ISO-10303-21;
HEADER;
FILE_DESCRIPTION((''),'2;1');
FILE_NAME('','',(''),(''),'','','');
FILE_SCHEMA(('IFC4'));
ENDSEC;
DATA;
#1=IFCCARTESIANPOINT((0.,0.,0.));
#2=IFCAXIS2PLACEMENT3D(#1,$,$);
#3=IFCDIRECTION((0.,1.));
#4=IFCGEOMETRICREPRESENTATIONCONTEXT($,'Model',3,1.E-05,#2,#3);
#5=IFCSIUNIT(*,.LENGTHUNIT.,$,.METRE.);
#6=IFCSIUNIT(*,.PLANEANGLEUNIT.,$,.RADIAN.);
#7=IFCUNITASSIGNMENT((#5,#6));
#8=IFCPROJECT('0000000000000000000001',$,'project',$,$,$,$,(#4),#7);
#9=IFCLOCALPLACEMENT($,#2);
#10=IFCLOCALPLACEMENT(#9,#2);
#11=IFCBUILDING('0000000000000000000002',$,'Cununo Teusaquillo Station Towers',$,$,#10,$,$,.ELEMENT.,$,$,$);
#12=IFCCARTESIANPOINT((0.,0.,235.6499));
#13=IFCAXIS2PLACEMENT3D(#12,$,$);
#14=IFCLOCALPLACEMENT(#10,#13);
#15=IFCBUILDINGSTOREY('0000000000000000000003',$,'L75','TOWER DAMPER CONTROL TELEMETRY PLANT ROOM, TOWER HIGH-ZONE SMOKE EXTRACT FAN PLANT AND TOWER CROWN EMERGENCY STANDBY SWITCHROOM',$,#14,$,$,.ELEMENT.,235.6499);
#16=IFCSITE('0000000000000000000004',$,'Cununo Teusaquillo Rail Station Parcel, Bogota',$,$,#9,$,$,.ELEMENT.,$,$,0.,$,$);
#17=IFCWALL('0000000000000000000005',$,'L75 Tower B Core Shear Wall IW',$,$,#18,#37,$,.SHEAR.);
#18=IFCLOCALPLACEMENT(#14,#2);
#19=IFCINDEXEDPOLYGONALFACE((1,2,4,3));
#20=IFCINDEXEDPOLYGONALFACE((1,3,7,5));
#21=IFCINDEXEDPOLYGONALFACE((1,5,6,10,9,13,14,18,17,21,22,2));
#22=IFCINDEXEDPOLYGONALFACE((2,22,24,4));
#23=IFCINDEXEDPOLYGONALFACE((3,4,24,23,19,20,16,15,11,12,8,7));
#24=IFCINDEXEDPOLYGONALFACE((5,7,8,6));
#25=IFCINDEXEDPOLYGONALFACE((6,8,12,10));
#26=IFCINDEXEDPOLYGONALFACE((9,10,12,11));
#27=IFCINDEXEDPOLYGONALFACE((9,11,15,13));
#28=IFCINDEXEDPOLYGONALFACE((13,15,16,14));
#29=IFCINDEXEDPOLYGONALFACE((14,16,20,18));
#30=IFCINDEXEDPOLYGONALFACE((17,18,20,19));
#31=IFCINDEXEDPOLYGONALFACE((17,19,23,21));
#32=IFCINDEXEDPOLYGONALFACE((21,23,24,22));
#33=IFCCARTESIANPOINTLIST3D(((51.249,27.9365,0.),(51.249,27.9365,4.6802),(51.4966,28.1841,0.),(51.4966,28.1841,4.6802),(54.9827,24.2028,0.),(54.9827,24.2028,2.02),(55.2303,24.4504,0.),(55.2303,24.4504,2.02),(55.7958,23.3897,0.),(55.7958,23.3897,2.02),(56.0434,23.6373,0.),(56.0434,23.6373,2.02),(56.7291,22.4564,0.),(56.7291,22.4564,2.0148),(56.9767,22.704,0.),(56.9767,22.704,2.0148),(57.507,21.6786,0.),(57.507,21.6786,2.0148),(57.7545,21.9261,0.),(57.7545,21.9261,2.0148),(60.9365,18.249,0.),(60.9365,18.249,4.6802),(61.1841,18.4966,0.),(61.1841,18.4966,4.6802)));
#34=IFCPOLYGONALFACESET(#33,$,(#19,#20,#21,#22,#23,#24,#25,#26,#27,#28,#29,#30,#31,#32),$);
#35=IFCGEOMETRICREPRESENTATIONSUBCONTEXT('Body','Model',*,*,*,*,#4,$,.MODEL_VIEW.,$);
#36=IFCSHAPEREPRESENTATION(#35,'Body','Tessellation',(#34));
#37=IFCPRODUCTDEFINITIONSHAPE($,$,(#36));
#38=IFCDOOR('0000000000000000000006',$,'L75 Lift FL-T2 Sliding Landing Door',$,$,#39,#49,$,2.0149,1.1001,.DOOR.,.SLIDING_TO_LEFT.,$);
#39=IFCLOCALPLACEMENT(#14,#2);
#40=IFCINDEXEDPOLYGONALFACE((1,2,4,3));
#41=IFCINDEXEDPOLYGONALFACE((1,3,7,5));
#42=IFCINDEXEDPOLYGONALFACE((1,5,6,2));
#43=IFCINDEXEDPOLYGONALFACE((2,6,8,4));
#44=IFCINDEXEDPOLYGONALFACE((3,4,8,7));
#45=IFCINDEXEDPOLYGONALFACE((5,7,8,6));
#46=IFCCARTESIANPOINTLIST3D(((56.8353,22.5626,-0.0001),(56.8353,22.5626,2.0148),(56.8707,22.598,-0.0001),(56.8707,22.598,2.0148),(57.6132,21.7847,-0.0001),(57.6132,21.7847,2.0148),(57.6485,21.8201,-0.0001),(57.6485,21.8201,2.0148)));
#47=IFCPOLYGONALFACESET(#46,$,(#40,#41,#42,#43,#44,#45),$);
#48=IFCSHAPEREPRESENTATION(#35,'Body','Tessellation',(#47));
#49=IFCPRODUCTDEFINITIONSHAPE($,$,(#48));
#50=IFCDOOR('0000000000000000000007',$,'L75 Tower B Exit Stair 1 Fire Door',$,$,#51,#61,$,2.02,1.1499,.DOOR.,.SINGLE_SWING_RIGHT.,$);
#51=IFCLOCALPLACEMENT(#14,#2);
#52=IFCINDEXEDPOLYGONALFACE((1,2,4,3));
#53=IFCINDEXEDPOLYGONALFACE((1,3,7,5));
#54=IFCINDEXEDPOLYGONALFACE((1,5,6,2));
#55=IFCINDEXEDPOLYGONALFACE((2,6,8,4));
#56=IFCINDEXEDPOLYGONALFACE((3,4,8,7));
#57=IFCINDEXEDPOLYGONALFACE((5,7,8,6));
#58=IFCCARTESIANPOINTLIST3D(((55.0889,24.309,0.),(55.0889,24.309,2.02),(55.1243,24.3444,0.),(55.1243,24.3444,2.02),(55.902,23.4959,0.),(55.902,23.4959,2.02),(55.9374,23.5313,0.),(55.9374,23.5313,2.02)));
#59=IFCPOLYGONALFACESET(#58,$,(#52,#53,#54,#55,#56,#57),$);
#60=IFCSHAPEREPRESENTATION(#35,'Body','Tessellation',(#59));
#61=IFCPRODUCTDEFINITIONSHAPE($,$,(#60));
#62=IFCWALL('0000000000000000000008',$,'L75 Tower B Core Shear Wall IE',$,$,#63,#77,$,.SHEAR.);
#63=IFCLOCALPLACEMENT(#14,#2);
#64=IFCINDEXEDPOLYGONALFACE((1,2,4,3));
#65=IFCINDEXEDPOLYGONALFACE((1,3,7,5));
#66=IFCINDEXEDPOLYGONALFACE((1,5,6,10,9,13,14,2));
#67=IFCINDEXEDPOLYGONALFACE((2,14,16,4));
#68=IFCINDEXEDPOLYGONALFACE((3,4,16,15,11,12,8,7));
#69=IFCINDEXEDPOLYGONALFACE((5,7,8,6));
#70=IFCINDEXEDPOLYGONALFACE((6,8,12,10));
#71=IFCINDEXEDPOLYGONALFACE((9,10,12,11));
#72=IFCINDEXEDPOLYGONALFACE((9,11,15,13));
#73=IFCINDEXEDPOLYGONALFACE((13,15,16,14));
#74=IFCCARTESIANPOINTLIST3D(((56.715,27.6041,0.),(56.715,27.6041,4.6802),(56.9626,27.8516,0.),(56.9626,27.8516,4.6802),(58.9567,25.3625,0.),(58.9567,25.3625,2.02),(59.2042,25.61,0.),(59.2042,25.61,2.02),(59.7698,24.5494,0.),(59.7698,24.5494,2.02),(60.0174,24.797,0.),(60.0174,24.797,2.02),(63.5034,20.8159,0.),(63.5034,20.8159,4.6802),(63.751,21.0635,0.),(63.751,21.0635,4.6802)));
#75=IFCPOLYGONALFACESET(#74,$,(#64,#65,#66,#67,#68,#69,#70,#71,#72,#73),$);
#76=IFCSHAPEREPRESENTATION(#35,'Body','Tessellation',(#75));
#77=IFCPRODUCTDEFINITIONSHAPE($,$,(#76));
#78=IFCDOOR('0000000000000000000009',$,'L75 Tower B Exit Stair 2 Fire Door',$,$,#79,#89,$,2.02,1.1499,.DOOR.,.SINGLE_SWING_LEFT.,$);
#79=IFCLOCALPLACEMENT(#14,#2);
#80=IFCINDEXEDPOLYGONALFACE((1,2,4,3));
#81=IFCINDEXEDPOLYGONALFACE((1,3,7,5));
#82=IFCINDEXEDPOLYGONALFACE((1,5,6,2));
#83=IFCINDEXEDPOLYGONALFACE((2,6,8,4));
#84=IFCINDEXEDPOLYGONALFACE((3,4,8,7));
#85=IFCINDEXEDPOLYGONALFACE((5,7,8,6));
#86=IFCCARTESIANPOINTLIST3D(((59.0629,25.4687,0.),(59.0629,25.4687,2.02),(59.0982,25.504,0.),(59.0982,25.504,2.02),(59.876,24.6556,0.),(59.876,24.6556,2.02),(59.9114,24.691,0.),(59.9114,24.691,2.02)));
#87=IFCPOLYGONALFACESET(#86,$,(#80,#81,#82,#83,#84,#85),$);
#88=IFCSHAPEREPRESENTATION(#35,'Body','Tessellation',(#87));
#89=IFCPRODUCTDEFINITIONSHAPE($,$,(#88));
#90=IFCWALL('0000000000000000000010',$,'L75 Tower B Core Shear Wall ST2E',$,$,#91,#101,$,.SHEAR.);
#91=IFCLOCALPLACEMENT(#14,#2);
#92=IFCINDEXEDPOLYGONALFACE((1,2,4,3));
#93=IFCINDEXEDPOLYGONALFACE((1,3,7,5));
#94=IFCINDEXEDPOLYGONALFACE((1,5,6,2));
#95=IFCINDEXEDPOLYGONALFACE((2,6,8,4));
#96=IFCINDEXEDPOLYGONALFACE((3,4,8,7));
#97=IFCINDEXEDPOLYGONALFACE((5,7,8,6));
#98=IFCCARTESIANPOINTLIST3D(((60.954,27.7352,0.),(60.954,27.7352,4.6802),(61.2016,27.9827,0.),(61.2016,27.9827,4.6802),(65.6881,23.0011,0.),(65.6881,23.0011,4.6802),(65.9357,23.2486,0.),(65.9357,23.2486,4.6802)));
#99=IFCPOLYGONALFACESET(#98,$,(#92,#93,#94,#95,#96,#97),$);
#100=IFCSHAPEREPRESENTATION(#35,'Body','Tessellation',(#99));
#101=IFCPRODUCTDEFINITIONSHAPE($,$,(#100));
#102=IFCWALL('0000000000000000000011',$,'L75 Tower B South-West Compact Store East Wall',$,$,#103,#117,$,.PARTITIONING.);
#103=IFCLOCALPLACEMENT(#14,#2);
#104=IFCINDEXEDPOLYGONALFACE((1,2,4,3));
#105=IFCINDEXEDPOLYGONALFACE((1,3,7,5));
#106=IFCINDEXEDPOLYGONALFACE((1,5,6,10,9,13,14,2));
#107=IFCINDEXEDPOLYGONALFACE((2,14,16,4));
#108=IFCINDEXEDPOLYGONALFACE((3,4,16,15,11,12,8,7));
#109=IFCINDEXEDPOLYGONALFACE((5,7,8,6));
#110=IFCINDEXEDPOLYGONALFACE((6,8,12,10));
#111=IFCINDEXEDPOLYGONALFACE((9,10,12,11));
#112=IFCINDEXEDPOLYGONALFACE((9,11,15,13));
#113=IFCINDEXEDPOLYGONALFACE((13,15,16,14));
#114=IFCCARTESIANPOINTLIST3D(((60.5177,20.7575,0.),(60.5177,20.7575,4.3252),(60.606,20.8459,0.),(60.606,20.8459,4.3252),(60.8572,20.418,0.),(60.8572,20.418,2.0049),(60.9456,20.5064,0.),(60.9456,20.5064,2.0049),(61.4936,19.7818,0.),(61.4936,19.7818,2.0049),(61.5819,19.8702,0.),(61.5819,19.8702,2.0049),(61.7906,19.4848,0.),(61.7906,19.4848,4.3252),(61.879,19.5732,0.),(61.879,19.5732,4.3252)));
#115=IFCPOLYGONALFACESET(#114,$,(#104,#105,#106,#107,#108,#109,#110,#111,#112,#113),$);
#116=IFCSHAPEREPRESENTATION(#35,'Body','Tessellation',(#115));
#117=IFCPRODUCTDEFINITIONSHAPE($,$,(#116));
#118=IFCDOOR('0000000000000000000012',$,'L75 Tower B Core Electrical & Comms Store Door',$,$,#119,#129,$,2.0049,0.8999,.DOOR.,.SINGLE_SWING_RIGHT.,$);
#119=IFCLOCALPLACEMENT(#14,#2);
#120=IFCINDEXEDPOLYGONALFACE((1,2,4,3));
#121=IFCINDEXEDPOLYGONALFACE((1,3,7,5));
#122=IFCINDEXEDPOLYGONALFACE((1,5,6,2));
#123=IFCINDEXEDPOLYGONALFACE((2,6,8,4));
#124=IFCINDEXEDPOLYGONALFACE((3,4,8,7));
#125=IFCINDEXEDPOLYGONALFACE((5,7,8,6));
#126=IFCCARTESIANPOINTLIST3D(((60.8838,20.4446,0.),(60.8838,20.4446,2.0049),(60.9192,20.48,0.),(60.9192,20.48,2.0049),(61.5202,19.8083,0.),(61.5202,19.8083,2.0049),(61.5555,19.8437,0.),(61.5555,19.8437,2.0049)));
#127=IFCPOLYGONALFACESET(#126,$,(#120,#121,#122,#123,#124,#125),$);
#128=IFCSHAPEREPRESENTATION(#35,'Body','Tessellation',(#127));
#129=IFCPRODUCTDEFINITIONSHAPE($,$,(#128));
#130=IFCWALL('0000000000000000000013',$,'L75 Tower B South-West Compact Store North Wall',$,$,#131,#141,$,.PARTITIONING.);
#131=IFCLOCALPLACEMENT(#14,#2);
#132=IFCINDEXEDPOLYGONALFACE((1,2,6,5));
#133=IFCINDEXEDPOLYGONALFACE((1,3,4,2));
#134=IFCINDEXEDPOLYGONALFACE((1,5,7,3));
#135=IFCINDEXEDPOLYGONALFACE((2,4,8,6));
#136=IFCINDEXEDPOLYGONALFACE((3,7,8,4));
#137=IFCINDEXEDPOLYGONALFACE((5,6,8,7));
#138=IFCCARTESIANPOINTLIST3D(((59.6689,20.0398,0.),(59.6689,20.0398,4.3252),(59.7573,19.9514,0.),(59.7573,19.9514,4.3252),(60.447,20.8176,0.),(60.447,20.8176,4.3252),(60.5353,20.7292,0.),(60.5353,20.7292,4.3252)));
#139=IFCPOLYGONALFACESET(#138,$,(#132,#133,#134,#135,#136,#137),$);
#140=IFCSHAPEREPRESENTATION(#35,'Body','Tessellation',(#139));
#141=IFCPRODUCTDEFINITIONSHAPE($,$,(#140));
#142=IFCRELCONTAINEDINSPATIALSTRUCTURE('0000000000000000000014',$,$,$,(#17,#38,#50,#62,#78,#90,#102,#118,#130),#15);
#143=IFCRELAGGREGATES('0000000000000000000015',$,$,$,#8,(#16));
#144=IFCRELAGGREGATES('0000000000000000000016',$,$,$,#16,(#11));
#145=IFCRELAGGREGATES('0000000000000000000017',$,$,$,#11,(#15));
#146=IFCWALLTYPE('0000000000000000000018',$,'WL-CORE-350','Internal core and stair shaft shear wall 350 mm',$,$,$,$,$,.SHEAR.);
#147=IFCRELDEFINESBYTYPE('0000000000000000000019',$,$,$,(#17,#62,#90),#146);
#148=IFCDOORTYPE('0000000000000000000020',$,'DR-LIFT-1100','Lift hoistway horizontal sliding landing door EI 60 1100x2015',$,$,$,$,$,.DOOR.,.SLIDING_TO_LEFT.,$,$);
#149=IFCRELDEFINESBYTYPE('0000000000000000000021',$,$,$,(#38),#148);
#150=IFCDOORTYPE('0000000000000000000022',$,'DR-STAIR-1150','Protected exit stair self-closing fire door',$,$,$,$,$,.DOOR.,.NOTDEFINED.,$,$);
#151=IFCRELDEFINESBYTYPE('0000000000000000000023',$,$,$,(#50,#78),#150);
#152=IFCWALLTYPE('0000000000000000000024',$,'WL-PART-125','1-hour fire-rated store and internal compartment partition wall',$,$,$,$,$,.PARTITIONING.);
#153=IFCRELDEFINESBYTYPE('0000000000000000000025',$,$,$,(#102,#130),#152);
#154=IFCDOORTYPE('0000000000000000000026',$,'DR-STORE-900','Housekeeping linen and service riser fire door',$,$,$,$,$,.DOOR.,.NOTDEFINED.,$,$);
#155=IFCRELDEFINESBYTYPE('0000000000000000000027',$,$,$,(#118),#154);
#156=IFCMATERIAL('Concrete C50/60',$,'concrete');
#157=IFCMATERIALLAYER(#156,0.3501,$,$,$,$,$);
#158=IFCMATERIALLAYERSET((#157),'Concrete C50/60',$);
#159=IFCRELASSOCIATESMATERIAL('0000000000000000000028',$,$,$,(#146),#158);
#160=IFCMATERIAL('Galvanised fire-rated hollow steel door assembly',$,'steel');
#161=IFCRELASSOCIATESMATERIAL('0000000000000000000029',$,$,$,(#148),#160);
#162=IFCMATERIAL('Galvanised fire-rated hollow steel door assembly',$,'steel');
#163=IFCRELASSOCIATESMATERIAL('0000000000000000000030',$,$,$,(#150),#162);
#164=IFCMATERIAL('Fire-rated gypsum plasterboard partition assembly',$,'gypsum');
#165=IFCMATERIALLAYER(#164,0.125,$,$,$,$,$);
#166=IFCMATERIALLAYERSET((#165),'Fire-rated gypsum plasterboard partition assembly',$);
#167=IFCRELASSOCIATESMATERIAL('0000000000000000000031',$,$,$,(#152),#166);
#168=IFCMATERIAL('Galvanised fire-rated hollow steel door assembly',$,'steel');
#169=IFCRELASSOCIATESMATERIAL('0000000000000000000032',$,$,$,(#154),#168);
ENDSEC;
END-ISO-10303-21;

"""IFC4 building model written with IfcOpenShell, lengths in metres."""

from ifc_helpers import new_model, si_unit, direction, frame, frame_2d, origin, place, context, subcontext, project, spatial, rectangle, extrude, source, transform, mapped, material, layer, layer_set, type_object, element, fill, save


model = new_model("IFC4")

# Units and contexts
model_context = context("Model", 3, precision=1e-05, world=origin(), true_north=direction((0.0, 1.0)))
body_context = subcontext(model_context, "Body", "Model", "MODEL_VIEW")
ifc_project = project(units=[si_unit("LENGTHUNIT", "METRE"), si_unit("PLANEANGLEUNIT", "RADIAN")], contexts=[model_context])

# Site, building, storey
site_placement = place(None, origin())
site = spatial("IfcSite", under=ifc_project, at=site_placement, Name="Cununo Teusaquillo Rail Station Parcel, Bogota", CompositionType="ELEMENT", RefElevation=0.0)
building_placement = place(site_placement, origin())
building = spatial("IfcBuilding", under=site, at=building_placement, Name="Cununo Teusaquillo Station Towers", CompositionType="ELEMENT")
storey_placement = place(building_placement, frame((0.0, 0.0, 235.6499)))
storey = spatial("IfcBuildingStorey", under=building, at=storey_placement, Name="L75", Description="TOWER DAMPER CONTROL TELEMETRY PLANT ROOM, TOWER HIGH-ZONE SMOKE EXTRACT FAN PLANT AND TOWER CROWN EMERGENCY STANDBY SWITCHROOM", CompositionType="ELEMENT", Elevation=235.6499)

# Wall, openings, doors
ifc_material_1 = material(Name="Concrete C50/60", Category="concrete")
ifc_layer_1 = layer(ifc_material_1, 0.3501)
ifc_layer_set_1 = layer_set([ifc_layer_1], Name="Concrete C50/60")
wall_type_1 = type_object("IfcWallType", Name="WL-CORE-350", Description="Internal core and stair shaft shear wall 350 mm", PredefinedType="SHEAR", material=ifc_layer_set_1)
wall_1_placement = place(storey_placement, frame((61.0603, 18.3728, 0.0), z_axis=(0.0, 0.0, 1.0), x_axis=(-0.707107, 0.707107, 0.0)))
wall_1 = element("IfcWall", 1, at=wall_1_placement, inside=storey, type_object=wall_type_1, Name="L75 Tower B Core Shear Wall IW", PredefinedType="SHEAR", context=body_context, shape_type="SweptSolid", body=[
    extrude(rectangle(XDim=13.7002, YDim=0.3501, at=frame_2d((6.8501, 0.0))), origin(), (0.0, 0.0, 1.0), 4.6802),
])
shared_shape_1 = source(origin(), body_context, "Body", "SweptSolid", [
    extrude(rectangle(XDim=1.1001, YDim=2.0149, at=frame_2d((0.55, 1.0073))), frame((0.0, 0.1851, 0.0), z_axis=(0.0, -1.0, 0.0), x_axis=(1.0, 0.0, 0.0)), (0.0, 0.0, 1.0), 0.3701),
])
opening_1_placement = place(wall_1_placement, frame((4.8501, 0.0, 0.0)))
opening_1 = element("IfcOpeningElement", 2, at=opening_1_placement, cuts=wall_1, PredefinedType="OPENING", context=body_context, shape_type="MappedRepresentation", body=[
    mapped(shared_shape_1, transform((0.0, 0.0, 0.0), x_axis=(1.0, 0.0, 0.0), y_axis=(0.0, 1.0, 0.0), z_axis=(0.0, 0.0, 1.0), scale=1.0)),
])
shared_shape_2 = source(origin(), body_context, "Body", "SweptSolid", [
    extrude(rectangle(XDim=1.1499, YDim=2.02, at=frame_2d((0.575, 1.01))), frame((0.0, 0.1851, 0.0), z_axis=(0.0, -1.0, 0.0), x_axis=(1.0, 0.0, 0.0)), (0.0, 0.0, 1.0), 0.3701),
])
opening_2_placement = place(wall_1_placement, frame((7.27, 0.0, 0.0)))
opening_2 = element("IfcOpeningElement", 3, at=opening_2_placement, cuts=wall_1, PredefinedType="OPENING", context=body_context, shape_type="MappedRepresentation", body=[
    mapped(shared_shape_2, transform((0.0, 0.0, 0.0), x_axis=(1.0, 0.0, 0.0), y_axis=(0.0, 1.0, 0.0), z_axis=(0.0, 0.0, 1.0), scale=1.0)),
])
ifc_material_2 = material(Name="Galvanised fire-rated hollow steel door assembly", Category="steel")
door_type_1 = type_object("IfcDoorType", Name="DR-LIFT-1100", Description="Lift hoistway horizontal sliding landing door EI 60 1100x2015", OperationType="SLIDING_TO_LEFT", PredefinedType="DOOR", material=ifc_material_2)
shared_shape_3 = source(origin(), body_context, "Body", "SweptSolid", [
    extrude(rectangle(XDim=1.1001, YDim=2.0149, at=frame_2d((0.55, 1.0073))), frame((0.0, 0.0249, 0.0), z_axis=(0.0, -1.0, 0.0), x_axis=(1.0, 0.0, 0.0)), (0.0, 0.0, 1.0), 0.05),
])
door_1_placement = place(opening_1_placement, origin())
door_1 = element("IfcDoor", 4, at=door_1_placement, inside=storey, type_object=door_type_1, Name="L75 Lift FL-T2 Sliding Landing Door", OperationType="SLIDING_TO_LEFT", OverallHeight=2.0149, OverallWidth=1.1001, PredefinedType="DOOR", context=body_context, shape_type="MappedRepresentation", body=[
    mapped(shared_shape_3, transform((0.0, 0.0, 0.0), x_axis=(1.0, 0.0, 0.0), y_axis=(0.0, 1.0, 0.0), z_axis=(0.0, 0.0, 1.0), scale=1.0)),
])
fill(opening_1, door_1)
ifc_material_3 = material(Name="Galvanised fire-rated hollow steel door assembly", Category="steel")
door_type_2 = type_object("IfcDoorType", Name="DR-STAIR-1150", Description="Protected exit stair self-closing fire door", OperationType="NOTDEFINED", PredefinedType="DOOR", material=ifc_material_3)
shared_shape_4 = source(origin(), body_context, "Body", "SweptSolid", [
    extrude(rectangle(XDim=1.1499, YDim=2.02, at=frame_2d((0.575, 1.01))), frame((0.0, 0.0249, 0.0), z_axis=(0.0, -1.0, 0.0), x_axis=(1.0, 0.0, 0.0)), (0.0, 0.0, 1.0), 0.05),
])
door_2_placement = place(opening_2_placement, origin())
door_2 = element("IfcDoor", 5, at=door_2_placement, inside=storey, type_object=door_type_2, Name="L75 Tower B Exit Stair 1 Fire Door", OperationType="SINGLE_SWING_RIGHT", OverallHeight=2.02, OverallWidth=1.1499, PredefinedType="DOOR", context=body_context, shape_type="MappedRepresentation", body=[
    mapped(shared_shape_4, transform((0.0, 0.0, 0.0), x_axis=(1.0, 0.0, 0.0), y_axis=(0.0, 1.0, 0.0), z_axis=(0.0, 0.0, 1.0), scale=1.0)),
])
fill(opening_2, door_2)

# Wall, opening, door
wall_2_placement = place(storey_placement, frame((63.6272, 20.9397, 0.0), z_axis=(0.0, 0.0, 1.0), x_axis=(-0.707119, 0.707094, 0.0)))
wall_2 = element("IfcWall", 6, at=wall_2_placement, inside=storey, type_object=wall_type_1, Name="L75 Tower B Core Shear Wall IE", PredefinedType="SHEAR", context=body_context, shape_type="SweptSolid", body=[
    extrude(rectangle(XDim=9.6001, YDim=0.3501, at=frame_2d((4.8, 0.0))), origin(), (0.0, 0.0, 1.0), 4.6802),
])
opening_3_placement = place(wall_2_placement, frame((5.28, 0.0, 0.0)))
opening_3 = element("IfcOpeningElement", 7, at=opening_3_placement, cuts=wall_2, PredefinedType="OPENING", context=body_context, shape_type="MappedRepresentation", body=[
    mapped(shared_shape_2, transform((0.0, 0.0, 0.0), x_axis=(1.0, 0.0, 0.0), y_axis=(0.0, 1.0, 0.0), z_axis=(0.0, 0.0, 1.0), scale=1.0)),
])
door_3_placement = place(opening_3_placement, origin())
door_3 = element("IfcDoor", 8, at=door_3_placement, inside=storey, type_object=door_type_2, Name="L75 Tower B Exit Stair 2 Fire Door", OperationType="SINGLE_SWING_LEFT", OverallHeight=2.02, OverallWidth=1.1499, PredefinedType="DOOR", context=body_context, shape_type="MappedRepresentation", body=[
    mapped(shared_shape_4, transform((0.0, 0.0, 0.0), x_axis=(1.0, 0.0, 0.0), y_axis=(0.0, 1.0, 0.0), z_axis=(0.0, 0.0, 1.0), scale=1.0)),
])
fill(opening_3, door_3)

# Wall
wall_3_placement = place(storey_placement, frame((65.812, 23.1248, 0.0), z_axis=(0.0, 0.0, 1.0), x_axis=(-0.707107, 0.707107, 0.0)))
element("IfcWall", 9, at=wall_3_placement, inside=storey, type_object=wall_type_1, Name="L75 Tower B Core Shear Wall ST2E", PredefinedType="SHEAR", context=body_context, shape_type="SweptSolid", body=[
    extrude(rectangle(XDim=6.6951, YDim=0.3501, at=frame_2d((3.3477, 0.0))), origin(), (0.0, 0.0, 1.0), 4.6802),
])

# Wall, opening, door
ifc_material_4 = material(Name="Fire-rated gypsum plasterboard partition assembly", Category="gypsum")
ifc_layer_2 = layer(ifc_material_4, 0.125)
ifc_layer_set_2 = layer_set([ifc_layer_2], Name="Fire-rated gypsum plasterboard partition assembly")
wall_type_2 = type_object("IfcWallType", Name="WL-PART-125", Description="1-hour fire-rated store and internal compartment partition wall", PredefinedType="PARTITIONING", material=ifc_layer_set_2)
wall_4_placement = place(storey_placement, frame((61.8347, 19.5291, 0.0), z_axis=(0.0, 0.0, 1.0), x_axis=(-0.707175, 0.707039, 0.0)))
wall_4 = element("IfcWall", 10, at=wall_4_placement, inside=storey, type_object=wall_type_2, Name="L75 Tower B South-West Compact Store East Wall", PredefinedType="PARTITIONING", context=body_context, shape_type="SweptSolid", body=[
    extrude(rectangle(XDim=1.8, YDim=0.125, at=frame_2d((0.8999, 0.0))), origin(), (0.0, 0.0, 1.0), 4.3252),
])
shared_shape_5 = source(origin(), body_context, "Body", "SweptSolid", [
    extrude(rectangle(XDim=0.8999, YDim=2.0049, at=frame_2d((0.45, 1.0024))), frame((0.0, 0.0725, 0.0), z_axis=(0.0, -1.0, 0.0), x_axis=(1.0, 0.0, 0.0)), (0.0, 0.0, 1.0), 0.145),
])
opening_4_placement = place(wall_4_placement, frame((0.4199, 0.0, 0.0)))
opening_4 = element("IfcOpeningElement", 11, at=opening_4_placement, cuts=wall_4, PredefinedType="OPENING", context=body_context, shape_type="MappedRepresentation", body=[
    mapped(shared_shape_5, transform((0.0, 0.0, 0.0), x_axis=(1.0, 0.0, 0.0), y_axis=(0.0, 1.0, 0.0), z_axis=(0.0, 0.0, 1.0), scale=1.0)),
])
ifc_material_5 = material(Name="Galvanised fire-rated hollow steel door assembly", Category="steel")
door_type_3 = type_object("IfcDoorType", Name="DR-STORE-900", Description="Housekeeping linen and service riser fire door", OperationType="NOTDEFINED", PredefinedType="DOOR", material=ifc_material_5)
shared_shape_6 = source(origin(), body_context, "Body", "SweptSolid", [
    extrude(rectangle(XDim=0.8999, YDim=2.0049, at=frame_2d((0.45, 1.0024))), frame((0.0, 0.0249, 0.0), z_axis=(0.0, -1.0, 0.0), x_axis=(1.0, 0.0, 0.0)), (0.0, 0.0, 1.0), 0.05),
])
door_4_placement = place(opening_4_placement, origin())
door_4 = element("IfcDoor", 12, at=door_4_placement, inside=storey, type_object=door_type_3, Name="L75 Tower B Core Electrical & Comms Store Door", OperationType="SINGLE_SWING_RIGHT", OverallHeight=2.0049, OverallWidth=0.8999, PredefinedType="DOOR", context=body_context, shape_type="MappedRepresentation", body=[
    mapped(shared_shape_6, transform((0.0, 0.0, 0.0), x_axis=(1.0, 0.0, 0.0), y_axis=(0.0, 1.0, 0.0), z_axis=(0.0, 0.0, 1.0), scale=1.0)),
])
fill(opening_4, door_4)

# Wall
wall_5_placement = place(storey_placement, frame((59.7131, 19.9956, 0.0), z_axis=(0.0, 0.0, 1.0), x_axis=(0.707218, 0.706996, 0.0)))
element("IfcWall", 13, at=wall_5_placement, inside=storey, type_object=wall_type_2, Name="L75 Tower B South-West Compact Store North Wall", PredefinedType="PARTITIONING", context=body_context, shape_type="SweptSolid", body=[
    extrude(rectangle(XDim=1.1001, YDim=0.125, at=frame_2d((0.55, 0.0))), origin(), (0.0, 0.0, 1.0), 4.3252),
])

save(model, "model.ifc")
